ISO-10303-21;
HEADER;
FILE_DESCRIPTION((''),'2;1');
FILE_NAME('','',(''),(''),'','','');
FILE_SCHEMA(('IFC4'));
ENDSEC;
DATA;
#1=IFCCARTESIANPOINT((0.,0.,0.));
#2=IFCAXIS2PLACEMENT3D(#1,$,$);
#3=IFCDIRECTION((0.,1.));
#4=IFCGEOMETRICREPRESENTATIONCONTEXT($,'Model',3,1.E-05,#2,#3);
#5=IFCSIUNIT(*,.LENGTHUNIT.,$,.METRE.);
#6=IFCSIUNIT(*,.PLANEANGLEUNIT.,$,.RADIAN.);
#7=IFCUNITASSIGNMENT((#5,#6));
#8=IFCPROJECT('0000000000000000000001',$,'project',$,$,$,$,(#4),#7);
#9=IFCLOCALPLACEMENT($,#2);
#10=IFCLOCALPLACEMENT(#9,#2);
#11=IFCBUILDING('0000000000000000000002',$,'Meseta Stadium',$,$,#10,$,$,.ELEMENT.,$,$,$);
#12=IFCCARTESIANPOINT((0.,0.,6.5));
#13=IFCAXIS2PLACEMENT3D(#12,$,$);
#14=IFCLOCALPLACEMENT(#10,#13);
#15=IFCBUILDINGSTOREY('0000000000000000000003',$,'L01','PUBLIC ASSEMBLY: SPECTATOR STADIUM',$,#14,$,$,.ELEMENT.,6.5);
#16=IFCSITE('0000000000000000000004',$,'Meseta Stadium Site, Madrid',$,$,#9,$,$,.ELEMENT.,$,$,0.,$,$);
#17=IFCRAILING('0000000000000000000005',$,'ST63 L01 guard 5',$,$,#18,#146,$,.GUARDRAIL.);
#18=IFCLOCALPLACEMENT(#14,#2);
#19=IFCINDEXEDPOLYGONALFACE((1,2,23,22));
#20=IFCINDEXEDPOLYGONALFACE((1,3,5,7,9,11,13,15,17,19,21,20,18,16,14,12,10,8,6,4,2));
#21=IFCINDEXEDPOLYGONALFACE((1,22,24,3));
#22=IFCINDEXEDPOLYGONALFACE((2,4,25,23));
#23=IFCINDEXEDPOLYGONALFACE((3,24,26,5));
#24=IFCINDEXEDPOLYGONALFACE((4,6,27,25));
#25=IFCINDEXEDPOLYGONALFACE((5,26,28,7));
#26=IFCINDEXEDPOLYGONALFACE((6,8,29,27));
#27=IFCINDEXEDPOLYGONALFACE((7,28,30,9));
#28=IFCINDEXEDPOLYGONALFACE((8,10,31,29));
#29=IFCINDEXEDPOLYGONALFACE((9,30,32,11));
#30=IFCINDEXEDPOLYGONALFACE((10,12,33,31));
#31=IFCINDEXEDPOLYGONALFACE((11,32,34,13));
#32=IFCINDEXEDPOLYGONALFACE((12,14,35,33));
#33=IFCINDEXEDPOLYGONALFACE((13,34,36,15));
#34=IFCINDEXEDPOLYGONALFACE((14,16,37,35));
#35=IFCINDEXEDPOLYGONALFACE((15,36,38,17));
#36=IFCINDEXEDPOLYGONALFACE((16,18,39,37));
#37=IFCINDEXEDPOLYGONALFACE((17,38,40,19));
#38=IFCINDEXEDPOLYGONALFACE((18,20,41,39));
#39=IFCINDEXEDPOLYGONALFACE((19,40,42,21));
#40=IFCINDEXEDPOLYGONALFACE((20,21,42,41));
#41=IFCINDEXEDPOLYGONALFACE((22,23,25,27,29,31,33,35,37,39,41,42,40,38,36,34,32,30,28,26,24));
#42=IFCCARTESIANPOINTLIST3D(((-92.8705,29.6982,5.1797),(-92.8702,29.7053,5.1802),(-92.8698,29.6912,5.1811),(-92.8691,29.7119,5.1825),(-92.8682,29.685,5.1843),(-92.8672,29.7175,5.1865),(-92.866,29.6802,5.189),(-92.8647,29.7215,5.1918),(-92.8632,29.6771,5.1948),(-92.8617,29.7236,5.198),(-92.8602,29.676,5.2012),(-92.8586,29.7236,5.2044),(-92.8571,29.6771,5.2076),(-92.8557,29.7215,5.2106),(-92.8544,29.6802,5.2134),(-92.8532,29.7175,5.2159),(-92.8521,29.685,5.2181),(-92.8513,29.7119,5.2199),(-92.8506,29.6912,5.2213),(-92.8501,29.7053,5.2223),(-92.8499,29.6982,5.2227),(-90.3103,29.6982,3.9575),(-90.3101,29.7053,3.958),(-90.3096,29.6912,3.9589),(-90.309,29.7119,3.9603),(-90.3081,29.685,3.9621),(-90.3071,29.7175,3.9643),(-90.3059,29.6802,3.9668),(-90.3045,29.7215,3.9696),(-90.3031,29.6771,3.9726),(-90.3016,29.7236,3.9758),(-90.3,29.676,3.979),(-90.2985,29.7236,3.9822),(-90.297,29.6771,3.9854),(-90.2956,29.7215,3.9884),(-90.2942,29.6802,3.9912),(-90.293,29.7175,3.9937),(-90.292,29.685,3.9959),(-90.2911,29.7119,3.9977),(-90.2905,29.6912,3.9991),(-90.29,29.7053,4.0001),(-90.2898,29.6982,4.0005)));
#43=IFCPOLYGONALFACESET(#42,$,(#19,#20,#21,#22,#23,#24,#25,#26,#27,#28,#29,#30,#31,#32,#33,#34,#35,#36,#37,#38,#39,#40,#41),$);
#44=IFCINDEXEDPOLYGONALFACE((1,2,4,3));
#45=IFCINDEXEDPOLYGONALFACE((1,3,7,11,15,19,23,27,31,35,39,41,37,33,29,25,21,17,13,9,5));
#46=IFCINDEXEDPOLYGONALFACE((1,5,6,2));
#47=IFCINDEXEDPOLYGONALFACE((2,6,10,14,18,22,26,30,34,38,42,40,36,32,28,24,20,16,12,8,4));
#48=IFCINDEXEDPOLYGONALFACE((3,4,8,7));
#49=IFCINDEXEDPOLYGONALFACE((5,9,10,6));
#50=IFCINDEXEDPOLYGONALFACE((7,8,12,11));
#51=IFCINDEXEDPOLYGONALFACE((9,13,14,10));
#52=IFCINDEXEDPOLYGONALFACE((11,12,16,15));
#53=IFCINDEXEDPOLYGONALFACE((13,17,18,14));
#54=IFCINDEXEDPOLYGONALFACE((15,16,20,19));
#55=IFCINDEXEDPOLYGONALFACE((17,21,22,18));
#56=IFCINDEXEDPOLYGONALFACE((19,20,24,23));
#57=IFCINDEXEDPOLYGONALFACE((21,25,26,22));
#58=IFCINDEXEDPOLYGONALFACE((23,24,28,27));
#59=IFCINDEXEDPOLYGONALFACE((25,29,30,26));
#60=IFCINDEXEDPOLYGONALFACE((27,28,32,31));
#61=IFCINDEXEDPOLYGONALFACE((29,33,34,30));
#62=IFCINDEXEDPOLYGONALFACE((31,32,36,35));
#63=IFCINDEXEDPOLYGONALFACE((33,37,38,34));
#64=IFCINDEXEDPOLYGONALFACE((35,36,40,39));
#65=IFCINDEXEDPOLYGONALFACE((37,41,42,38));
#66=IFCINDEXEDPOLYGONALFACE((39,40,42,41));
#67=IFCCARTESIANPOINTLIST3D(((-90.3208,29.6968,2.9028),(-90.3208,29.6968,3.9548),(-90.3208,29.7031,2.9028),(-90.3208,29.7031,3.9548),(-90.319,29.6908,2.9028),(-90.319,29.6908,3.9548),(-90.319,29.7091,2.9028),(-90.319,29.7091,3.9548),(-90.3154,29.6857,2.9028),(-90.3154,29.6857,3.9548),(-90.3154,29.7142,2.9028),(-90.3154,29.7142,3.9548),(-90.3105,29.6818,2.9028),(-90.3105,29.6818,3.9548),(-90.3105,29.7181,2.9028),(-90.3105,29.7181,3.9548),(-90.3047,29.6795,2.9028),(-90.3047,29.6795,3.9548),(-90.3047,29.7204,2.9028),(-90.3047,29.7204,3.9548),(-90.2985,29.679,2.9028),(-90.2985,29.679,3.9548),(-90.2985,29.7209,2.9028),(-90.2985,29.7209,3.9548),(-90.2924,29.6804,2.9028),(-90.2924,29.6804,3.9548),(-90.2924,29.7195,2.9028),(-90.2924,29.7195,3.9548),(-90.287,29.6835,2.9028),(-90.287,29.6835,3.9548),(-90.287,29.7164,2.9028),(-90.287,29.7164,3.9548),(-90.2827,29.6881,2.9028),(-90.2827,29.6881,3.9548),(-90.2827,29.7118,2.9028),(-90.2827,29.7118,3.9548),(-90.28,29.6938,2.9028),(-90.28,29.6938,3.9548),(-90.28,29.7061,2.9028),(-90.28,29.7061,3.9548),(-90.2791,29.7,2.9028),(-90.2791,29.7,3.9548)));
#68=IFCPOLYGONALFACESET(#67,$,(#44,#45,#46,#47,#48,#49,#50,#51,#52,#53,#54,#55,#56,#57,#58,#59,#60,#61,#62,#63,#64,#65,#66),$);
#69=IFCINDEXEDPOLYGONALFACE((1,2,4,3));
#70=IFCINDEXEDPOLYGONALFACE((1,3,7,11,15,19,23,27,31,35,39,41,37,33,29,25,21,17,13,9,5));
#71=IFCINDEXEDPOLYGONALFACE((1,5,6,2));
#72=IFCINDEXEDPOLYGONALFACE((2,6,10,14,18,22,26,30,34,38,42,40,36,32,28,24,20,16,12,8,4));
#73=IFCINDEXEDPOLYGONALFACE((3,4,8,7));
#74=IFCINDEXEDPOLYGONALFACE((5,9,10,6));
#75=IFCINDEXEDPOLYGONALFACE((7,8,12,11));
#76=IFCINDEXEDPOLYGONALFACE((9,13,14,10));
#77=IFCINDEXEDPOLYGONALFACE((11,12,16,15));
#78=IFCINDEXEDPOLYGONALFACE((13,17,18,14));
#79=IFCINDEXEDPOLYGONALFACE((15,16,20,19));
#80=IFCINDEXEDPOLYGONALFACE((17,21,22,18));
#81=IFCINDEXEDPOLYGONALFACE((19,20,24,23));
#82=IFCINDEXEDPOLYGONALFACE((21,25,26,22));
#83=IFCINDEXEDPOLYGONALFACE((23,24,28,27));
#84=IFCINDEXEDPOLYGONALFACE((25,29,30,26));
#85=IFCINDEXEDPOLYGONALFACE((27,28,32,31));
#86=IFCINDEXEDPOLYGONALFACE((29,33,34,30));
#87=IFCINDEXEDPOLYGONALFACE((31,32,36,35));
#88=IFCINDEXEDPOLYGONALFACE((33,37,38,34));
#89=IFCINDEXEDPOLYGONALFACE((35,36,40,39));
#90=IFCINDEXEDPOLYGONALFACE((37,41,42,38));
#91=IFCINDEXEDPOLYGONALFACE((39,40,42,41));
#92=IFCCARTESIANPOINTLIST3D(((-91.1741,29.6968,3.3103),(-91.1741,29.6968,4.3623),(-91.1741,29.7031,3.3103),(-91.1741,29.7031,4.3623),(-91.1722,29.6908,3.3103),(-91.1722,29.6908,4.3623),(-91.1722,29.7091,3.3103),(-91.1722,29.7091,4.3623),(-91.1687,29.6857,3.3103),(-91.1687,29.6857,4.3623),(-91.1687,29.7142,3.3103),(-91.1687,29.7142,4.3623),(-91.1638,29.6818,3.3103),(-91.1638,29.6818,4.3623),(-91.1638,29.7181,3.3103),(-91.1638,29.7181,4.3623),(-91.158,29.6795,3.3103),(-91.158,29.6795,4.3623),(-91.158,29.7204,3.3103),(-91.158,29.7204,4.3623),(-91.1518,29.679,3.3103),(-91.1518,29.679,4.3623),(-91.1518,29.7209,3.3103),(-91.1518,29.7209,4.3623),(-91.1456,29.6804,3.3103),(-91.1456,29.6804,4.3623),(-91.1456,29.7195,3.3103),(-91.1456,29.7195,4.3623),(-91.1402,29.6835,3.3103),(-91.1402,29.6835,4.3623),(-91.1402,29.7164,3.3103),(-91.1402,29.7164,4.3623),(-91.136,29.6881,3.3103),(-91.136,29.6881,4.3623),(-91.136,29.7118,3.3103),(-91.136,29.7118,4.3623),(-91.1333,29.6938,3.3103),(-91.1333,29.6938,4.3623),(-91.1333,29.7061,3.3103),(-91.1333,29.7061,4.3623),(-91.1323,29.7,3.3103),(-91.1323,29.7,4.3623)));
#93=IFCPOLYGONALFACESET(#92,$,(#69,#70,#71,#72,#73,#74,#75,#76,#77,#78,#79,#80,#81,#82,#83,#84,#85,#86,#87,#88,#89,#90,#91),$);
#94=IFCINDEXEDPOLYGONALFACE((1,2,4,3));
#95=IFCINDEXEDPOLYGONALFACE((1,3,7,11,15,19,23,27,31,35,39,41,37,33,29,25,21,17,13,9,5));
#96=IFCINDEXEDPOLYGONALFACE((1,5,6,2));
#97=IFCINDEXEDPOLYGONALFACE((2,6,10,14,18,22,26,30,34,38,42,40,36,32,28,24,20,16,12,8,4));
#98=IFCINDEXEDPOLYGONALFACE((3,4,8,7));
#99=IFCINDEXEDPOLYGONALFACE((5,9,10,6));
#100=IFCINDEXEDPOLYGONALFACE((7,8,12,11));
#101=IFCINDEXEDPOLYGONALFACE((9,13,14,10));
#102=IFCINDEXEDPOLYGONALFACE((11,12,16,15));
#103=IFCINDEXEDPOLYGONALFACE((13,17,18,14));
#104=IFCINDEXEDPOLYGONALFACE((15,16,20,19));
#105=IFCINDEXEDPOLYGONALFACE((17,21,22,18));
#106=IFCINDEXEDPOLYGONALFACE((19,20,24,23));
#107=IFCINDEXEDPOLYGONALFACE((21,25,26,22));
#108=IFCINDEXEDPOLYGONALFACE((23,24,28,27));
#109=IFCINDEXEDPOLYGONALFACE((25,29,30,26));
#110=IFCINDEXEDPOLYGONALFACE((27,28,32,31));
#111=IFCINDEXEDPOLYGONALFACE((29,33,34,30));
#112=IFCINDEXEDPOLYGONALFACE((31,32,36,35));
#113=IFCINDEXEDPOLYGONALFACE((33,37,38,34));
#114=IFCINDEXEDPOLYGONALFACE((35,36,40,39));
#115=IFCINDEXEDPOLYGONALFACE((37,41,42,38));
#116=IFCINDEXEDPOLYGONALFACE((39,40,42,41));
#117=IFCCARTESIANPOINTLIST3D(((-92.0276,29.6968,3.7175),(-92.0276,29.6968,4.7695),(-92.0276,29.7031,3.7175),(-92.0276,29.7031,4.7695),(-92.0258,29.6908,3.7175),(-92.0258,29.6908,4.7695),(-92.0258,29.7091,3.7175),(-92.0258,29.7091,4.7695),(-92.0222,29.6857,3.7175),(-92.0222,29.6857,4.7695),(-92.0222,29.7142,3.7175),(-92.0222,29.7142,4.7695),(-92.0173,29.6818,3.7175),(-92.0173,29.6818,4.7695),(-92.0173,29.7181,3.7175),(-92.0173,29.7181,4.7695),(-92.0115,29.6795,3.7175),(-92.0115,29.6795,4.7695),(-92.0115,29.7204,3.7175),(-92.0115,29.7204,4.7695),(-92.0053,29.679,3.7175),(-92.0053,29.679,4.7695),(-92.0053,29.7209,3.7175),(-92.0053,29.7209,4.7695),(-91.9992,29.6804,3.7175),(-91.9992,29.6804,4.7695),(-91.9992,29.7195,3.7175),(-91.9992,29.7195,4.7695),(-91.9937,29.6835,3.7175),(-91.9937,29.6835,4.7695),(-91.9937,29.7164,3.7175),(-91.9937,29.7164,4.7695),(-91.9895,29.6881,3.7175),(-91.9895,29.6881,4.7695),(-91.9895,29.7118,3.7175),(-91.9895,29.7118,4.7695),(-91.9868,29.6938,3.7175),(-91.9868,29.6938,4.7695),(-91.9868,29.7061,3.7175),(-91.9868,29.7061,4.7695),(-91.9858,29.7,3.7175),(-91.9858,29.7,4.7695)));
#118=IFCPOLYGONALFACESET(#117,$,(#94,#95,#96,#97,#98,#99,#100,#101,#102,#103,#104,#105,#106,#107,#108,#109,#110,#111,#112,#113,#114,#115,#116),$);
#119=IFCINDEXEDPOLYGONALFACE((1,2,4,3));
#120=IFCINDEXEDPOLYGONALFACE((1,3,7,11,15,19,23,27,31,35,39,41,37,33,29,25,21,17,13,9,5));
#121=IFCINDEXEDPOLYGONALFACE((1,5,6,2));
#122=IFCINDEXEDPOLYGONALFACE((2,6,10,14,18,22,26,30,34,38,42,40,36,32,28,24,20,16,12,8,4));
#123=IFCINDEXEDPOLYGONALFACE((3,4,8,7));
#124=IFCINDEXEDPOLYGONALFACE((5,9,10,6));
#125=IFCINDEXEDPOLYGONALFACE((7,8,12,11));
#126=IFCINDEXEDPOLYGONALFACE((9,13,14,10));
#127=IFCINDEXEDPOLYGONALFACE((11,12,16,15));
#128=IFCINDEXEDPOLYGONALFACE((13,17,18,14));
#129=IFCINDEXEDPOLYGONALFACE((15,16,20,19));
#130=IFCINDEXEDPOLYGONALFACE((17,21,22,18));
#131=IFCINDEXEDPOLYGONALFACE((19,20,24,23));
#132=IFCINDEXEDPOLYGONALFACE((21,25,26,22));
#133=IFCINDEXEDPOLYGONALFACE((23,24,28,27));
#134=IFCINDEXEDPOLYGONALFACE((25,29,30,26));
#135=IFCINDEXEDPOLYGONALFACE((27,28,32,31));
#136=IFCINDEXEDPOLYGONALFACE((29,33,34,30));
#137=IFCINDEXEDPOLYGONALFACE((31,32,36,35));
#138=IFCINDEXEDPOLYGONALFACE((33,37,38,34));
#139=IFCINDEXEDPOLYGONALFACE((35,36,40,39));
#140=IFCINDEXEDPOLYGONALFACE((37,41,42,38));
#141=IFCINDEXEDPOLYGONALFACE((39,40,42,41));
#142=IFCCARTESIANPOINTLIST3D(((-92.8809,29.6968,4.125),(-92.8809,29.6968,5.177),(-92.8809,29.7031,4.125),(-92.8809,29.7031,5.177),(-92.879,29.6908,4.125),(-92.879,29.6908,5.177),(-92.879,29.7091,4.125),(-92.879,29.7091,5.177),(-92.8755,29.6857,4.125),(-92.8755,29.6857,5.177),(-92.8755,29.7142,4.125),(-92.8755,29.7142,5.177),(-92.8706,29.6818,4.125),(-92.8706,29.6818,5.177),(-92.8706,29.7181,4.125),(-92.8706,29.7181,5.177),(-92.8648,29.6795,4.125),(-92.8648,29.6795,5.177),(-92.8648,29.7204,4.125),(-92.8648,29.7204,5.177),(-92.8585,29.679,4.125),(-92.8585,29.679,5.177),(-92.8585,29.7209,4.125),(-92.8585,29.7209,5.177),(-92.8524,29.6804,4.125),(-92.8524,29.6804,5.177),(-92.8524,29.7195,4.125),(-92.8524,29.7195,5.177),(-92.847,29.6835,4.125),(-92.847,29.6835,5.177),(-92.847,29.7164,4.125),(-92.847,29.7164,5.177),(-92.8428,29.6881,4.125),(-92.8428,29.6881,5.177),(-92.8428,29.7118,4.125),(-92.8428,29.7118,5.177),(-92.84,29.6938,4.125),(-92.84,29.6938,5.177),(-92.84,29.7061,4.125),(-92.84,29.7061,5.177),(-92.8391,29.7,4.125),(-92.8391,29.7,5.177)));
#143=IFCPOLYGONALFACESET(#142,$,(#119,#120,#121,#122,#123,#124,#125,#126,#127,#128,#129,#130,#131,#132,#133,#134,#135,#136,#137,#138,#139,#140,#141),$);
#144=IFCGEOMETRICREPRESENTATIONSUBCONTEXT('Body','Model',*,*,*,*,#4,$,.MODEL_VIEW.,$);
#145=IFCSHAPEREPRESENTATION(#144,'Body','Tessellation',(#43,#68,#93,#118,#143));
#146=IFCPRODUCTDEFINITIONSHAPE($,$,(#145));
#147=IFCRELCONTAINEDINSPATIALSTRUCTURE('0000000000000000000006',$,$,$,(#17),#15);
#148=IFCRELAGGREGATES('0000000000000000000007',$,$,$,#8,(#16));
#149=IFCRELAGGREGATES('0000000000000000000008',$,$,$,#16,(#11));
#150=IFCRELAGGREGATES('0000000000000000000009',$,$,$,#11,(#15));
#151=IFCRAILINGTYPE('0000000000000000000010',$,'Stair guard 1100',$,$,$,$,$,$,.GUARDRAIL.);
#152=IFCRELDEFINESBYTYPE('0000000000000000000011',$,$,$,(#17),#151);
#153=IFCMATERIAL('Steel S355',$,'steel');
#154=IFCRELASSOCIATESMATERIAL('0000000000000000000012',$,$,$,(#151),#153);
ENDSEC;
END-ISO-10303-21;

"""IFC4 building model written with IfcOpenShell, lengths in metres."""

from ifc_helpers import new_model, si_unit, direction, frame, origin, origin_2d, place, context, subcontext, project, spatial, circle, extrude, material, type_object, element, save


model = new_model("IFC4")

# Units and contexts
model_context = context("Model", 3, precision=1e-05, world=origin(), true_north=direction((0.0, 1.0)))
body_context = subcontext(model_context, "Body", "Model", "MODEL_VIEW")
ifc_project = project(units=[si_unit("LENGTHUNIT", "METRE"), si_unit("PLANEANGLEUNIT", "RADIAN")], contexts=[model_context])

# Site, building, storey
site_placement = place(None, origin())
site = spatial("IfcSite", under=ifc_project, at=site_placement, Name="Meseta Stadium Site, Madrid", CompositionType="ELEMENT", RefElevation=0.0)
building_placement = place(site_placement, origin())
building = spatial("IfcBuilding", under=site, at=building_placement, Name="Meseta Stadium", CompositionType="ELEMENT")
storey_placement = place(building_placement, frame((0.0, 0.0, 6.5)))
storey = spatial("IfcBuildingStorey", under=building, at=storey_placement, Name="L01", Description="PUBLIC ASSEMBLY: SPECTATOR STADIUM", CompositionType="ELEMENT", Elevation=6.5)

# Railing
ifc_material_1 = material(Name="Steel S355", Category="steel")
railing_type_1 = type_object("IfcRailingType", Name="Stair guard 1100", PredefinedType="GUARDRAIL", material=ifc_material_1)
railing_1_placement = place(storey_placement, frame((-90.3, 29.7, 2.9028)))
element("IfcRailing", 1, at=railing_1_placement, inside=storey, type_object=railing_type_1, Name="ST63 L01 guard 5", PredefinedType="GUARDRAIL", context=body_context, shape_type="SweptSolid", body=[
    extrude(circle(Radius=0.0239, at=origin_2d()), frame((0.0, 0.0, 1.0762), z_axis=(-0.902437, 0.0, 0.430822), x_axis=(0.0, -1.0, 0.0)), (0.0, 0.0, 1.0), 2.8369),
    extrude(circle(Radius=0.021, at=origin_2d()), origin(), (0.0, 0.0, 1.0), 1.052),
    extrude(circle(Radius=0.021, at=origin_2d()), frame((-0.8533, 0.0, 0.4075)), (0.0, 0.0, 1.0), 1.052),
    extrude(circle(Radius=0.021, at=origin_2d()), frame((-1.7068, 0.0, 0.8147)), (0.0, 0.0, 1.0), 1.052),
    extrude(circle(Radius=0.021, at=origin_2d()), frame((-2.5601, 0.0, 1.2222)), (0.0, 0.0, 1.0), 1.052),
])

save(model, "model.ifc")
